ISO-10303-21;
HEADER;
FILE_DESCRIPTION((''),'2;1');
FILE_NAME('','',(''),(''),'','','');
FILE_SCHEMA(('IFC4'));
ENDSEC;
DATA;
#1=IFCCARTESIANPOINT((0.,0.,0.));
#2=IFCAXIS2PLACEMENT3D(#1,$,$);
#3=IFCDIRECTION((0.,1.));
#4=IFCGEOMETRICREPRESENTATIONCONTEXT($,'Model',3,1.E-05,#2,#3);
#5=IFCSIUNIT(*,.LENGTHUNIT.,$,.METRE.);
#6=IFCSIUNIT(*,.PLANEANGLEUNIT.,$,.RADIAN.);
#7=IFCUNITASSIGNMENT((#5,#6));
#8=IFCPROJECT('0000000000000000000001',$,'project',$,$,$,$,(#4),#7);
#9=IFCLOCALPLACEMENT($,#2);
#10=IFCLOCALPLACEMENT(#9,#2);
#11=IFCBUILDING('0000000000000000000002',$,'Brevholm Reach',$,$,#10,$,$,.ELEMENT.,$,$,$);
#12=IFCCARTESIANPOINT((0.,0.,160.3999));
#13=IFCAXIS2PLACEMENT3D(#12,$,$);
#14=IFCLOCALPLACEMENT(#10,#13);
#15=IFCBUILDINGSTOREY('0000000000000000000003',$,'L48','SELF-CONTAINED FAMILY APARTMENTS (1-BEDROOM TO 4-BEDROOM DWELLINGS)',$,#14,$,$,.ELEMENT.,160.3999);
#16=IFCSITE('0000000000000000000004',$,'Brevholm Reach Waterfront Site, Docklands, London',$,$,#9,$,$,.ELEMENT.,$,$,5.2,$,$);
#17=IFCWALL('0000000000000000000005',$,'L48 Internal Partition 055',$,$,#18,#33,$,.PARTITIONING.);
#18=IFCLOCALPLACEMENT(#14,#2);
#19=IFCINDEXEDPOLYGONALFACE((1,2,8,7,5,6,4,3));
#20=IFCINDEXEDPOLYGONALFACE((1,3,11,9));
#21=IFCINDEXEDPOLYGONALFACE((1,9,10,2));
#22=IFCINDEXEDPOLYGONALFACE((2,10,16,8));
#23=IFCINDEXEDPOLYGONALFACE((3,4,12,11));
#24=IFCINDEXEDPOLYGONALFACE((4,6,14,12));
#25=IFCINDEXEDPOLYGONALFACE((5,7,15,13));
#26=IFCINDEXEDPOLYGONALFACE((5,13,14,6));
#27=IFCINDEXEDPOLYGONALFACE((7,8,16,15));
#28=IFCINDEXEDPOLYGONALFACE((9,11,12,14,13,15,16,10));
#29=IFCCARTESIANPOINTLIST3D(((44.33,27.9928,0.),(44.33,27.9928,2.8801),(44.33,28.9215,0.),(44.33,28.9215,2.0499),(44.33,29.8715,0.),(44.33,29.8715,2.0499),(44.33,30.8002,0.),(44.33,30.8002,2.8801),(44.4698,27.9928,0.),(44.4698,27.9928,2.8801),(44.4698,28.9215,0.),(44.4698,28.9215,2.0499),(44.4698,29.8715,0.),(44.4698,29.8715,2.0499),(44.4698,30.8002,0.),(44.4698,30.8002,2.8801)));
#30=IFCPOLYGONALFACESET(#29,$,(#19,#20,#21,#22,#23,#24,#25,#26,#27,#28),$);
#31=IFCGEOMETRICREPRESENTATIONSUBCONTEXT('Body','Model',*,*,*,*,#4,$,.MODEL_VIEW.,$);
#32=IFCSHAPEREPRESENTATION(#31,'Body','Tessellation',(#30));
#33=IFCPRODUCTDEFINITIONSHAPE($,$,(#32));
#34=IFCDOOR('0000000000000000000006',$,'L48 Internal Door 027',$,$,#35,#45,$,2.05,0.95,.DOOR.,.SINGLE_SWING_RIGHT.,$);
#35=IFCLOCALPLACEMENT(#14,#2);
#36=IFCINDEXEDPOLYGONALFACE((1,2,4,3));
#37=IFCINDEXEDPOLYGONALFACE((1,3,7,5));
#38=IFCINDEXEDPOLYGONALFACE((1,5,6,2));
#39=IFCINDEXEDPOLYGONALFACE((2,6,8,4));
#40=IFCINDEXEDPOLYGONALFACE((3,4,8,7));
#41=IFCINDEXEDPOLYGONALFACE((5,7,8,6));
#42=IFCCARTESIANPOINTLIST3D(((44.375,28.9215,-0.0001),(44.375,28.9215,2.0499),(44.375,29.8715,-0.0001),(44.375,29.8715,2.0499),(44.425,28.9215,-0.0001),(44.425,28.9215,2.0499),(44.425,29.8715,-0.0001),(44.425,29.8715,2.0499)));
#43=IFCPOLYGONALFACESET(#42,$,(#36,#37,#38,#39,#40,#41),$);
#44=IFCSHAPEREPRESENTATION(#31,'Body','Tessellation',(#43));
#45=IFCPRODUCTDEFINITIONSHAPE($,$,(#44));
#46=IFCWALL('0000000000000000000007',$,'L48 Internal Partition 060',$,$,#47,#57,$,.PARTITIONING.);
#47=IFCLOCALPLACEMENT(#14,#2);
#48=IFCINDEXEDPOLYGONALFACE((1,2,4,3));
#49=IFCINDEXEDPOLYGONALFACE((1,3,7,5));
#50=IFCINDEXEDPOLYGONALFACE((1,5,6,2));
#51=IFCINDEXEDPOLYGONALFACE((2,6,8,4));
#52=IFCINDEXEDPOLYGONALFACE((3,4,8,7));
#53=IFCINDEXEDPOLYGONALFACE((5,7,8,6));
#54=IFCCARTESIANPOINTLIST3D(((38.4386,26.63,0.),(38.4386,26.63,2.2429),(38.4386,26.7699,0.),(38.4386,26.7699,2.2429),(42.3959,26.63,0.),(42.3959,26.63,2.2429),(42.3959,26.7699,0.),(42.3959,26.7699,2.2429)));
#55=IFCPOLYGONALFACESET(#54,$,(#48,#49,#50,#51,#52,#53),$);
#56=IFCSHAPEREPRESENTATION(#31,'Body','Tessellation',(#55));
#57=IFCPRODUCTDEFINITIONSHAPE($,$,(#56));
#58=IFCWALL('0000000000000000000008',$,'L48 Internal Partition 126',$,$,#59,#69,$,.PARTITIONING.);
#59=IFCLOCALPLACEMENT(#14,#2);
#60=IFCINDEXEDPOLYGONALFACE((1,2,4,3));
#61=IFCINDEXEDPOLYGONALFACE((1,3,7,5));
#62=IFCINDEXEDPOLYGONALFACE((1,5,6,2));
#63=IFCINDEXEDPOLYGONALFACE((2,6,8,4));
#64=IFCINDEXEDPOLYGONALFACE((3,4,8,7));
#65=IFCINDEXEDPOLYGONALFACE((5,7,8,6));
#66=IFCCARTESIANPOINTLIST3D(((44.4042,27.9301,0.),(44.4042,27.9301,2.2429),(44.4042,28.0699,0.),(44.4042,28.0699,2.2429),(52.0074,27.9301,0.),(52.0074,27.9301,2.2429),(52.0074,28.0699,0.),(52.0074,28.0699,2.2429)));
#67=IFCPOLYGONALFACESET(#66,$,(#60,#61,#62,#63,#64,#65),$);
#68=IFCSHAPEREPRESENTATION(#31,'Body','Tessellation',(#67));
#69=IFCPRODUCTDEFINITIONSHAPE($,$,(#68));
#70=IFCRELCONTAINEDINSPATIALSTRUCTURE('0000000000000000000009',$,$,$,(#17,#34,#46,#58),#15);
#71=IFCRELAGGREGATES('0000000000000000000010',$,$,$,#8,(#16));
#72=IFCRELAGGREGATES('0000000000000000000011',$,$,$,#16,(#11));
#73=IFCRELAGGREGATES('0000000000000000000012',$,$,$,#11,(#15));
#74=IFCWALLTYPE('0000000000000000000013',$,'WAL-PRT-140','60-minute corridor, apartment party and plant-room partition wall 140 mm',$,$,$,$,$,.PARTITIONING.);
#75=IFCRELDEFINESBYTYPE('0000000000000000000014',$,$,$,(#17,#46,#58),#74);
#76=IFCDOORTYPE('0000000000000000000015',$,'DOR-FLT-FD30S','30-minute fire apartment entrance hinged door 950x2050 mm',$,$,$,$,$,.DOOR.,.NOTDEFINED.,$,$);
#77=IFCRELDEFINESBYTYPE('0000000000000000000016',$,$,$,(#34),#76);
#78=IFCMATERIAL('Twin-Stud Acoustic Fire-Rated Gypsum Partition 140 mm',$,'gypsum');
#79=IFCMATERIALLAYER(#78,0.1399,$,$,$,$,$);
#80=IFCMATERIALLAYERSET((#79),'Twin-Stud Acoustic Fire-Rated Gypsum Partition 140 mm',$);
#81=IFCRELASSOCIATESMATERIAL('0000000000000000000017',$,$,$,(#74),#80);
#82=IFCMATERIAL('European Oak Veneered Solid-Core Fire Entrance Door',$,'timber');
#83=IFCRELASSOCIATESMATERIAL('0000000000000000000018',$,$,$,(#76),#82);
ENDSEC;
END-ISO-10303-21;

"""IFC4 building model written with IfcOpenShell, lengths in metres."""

from ifc_helpers import new_model, si_unit, direction, frame, frame_2d, origin, place, context, subcontext, project, spatial, rectangle, extrude, material, layer, layer_set, type_object, element, fill, save


model = new_model("IFC4")

# Units and contexts
model_context = context("Model", 3, precision=1e-05, world=origin(), true_north=direction((0.0, 1.0)))
body_context = subcontext(model_context, "Body", "Model", "MODEL_VIEW")
ifc_project = project(units=[si_unit("LENGTHUNIT", "METRE"), si_unit("PLANEANGLEUNIT", "RADIAN")], contexts=[model_context])

# Site, building, storey
site_placement = place(None, origin())
site = spatial("IfcSite", under=ifc_project, at=site_placement, Name="Brevholm Reach Waterfront Site, Docklands, London", CompositionType="ELEMENT", RefElevation=5.2)
building_placement = place(site_placement, origin())
building = spatial("IfcBuilding", under=site, at=building_placement, Name="Brevholm Reach", CompositionType="ELEMENT")
storey_placement = place(building_placement, frame((0.0, 0.0, 160.3999)))
storey = spatial("IfcBuildingStorey", under=building, at=storey_placement, Name="L48", Description="SELF-CONTAINED FAMILY APARTMENTS (1-BEDROOM TO 4-BEDROOM DWELLINGS)", CompositionType="ELEMENT", Elevation=160.3999)

# Shared definitions
ifc_material_1 = material(Name="Twin-Stud Acoustic Fire-Rated Gypsum Partition 140 mm", Category="gypsum")
ifc_layer_1 = layer(ifc_material_1, 0.1399)
ifc_layer_set_1 = layer_set([ifc_layer_1], Name="Twin-Stud Acoustic Fire-Rated Gypsum Partition 140 mm")
wall_type_1 = type_object("IfcWallType", Name="WAL-PRT-140", Description="60-minute corridor, apartment party and plant-room partition wall 140 mm", PredefinedType="PARTITIONING", material=ifc_layer_set_1)

# Wall, opening, door
ifc_material_2 = material(Name="European Oak Veneered Solid-Core Fire Entrance Door", Category="timber")
door_type_1 = type_object("IfcDoorType", Name="DOR-FLT-FD30S", Description="30-minute fire apartment entrance hinged door 950x2050 mm", OperationType="NOTDEFINED", PredefinedType="DOOR", material=ifc_material_2)
wall_1_placement = place(storey_placement, frame((44.3999, 27.9927, 0.0), z_axis=(0.0, 0.0, 1.0), x_axis=(0.0, 1.0, 0.0)))
wall_1 = element("IfcWall", 1, at=wall_1_placement, inside=storey, type_object=wall_type_1, Name="L48 Internal Partition 055", PredefinedType="PARTITIONING", context=body_context, shape_type="SweptSolid", body=[
    extrude(rectangle(XDim=2.8074, YDim=0.1399, at=frame_2d((1.4038, 0.0))), origin(), (0.0, 0.0, 1.0), 2.8801),
])
opening_1_placement = place(wall_1_placement, frame((0.9287, 0.0, 0.0)))
opening_1 = element("IfcOpeningElement", 2, at=opening_1_placement, cuts=wall_1, PredefinedType="OPENING", context=body_context, shape_type="SweptSolid", body=[
    extrude(rectangle(XDim=0.95, YDim=2.05, at=frame_2d((0.4751, 1.0249))), frame((0.0, 0.0798, 0.0), z_axis=(0.0, -1.0, 0.0), x_axis=(1.0, 0.0, 0.0)), (0.0, 0.0, 1.0), 0.1599),
])
door_1_placement = place(opening_1_placement, origin())
door_1 = element("IfcDoor", 3, at=door_1_placement, inside=storey, type_object=door_type_1, Name="L48 Internal Door 027", OperationType="SINGLE_SWING_RIGHT", OverallHeight=2.05, OverallWidth=0.95, PredefinedType="DOOR", context=body_context, shape_type="SweptSolid", body=[
    extrude(rectangle(XDim=0.95, YDim=2.05, at=frame_2d((0.4751, 1.0249))), frame((0.0, 0.0249, 0.0), z_axis=(0.0, -1.0, 0.0), x_axis=(1.0, 0.0, 0.0)), (0.0, 0.0, 1.0), 0.05),
])
fill(opening_1, door_1)

# Walls
wall_2_placement = place(storey_placement, frame((38.4387, 26.7, 0.0), z_axis=(0.0, 0.0, 1.0), x_axis=(1.0, 0.0, 0.0)))
element("IfcWall", 4, at=wall_2_placement, inside=storey, type_object=wall_type_1, Name="L48 Internal Partition 060", PredefinedType="PARTITIONING", context=body_context, shape_type="SweptSolid", body=[
    extrude(rectangle(XDim=3.9573, YDim=0.1399, at=frame_2d((1.9785, 0.0))), origin(), (0.0, 0.0, 1.0), 2.2429),
])
wall_3_placement = place(storey_placement, frame((44.4041, 28.0, 0.0), z_axis=(0.0, 0.0, 1.0), x_axis=(1.0, 0.0, 0.0)))
element("IfcWall", 5, at=wall_3_placement, inside=storey, type_object=wall_type_1, Name="L48 Internal Partition 126", PredefinedType="PARTITIONING", context=body_context, shape_type="SweptSolid", body=[
    extrude(rectangle(XDim=7.6033, YDim=0.1399, at=frame_2d((3.8018, 0.0))), origin(), (0.0, 0.0, 1.0), 2.2429),
])

save(model, "model.ifc")
